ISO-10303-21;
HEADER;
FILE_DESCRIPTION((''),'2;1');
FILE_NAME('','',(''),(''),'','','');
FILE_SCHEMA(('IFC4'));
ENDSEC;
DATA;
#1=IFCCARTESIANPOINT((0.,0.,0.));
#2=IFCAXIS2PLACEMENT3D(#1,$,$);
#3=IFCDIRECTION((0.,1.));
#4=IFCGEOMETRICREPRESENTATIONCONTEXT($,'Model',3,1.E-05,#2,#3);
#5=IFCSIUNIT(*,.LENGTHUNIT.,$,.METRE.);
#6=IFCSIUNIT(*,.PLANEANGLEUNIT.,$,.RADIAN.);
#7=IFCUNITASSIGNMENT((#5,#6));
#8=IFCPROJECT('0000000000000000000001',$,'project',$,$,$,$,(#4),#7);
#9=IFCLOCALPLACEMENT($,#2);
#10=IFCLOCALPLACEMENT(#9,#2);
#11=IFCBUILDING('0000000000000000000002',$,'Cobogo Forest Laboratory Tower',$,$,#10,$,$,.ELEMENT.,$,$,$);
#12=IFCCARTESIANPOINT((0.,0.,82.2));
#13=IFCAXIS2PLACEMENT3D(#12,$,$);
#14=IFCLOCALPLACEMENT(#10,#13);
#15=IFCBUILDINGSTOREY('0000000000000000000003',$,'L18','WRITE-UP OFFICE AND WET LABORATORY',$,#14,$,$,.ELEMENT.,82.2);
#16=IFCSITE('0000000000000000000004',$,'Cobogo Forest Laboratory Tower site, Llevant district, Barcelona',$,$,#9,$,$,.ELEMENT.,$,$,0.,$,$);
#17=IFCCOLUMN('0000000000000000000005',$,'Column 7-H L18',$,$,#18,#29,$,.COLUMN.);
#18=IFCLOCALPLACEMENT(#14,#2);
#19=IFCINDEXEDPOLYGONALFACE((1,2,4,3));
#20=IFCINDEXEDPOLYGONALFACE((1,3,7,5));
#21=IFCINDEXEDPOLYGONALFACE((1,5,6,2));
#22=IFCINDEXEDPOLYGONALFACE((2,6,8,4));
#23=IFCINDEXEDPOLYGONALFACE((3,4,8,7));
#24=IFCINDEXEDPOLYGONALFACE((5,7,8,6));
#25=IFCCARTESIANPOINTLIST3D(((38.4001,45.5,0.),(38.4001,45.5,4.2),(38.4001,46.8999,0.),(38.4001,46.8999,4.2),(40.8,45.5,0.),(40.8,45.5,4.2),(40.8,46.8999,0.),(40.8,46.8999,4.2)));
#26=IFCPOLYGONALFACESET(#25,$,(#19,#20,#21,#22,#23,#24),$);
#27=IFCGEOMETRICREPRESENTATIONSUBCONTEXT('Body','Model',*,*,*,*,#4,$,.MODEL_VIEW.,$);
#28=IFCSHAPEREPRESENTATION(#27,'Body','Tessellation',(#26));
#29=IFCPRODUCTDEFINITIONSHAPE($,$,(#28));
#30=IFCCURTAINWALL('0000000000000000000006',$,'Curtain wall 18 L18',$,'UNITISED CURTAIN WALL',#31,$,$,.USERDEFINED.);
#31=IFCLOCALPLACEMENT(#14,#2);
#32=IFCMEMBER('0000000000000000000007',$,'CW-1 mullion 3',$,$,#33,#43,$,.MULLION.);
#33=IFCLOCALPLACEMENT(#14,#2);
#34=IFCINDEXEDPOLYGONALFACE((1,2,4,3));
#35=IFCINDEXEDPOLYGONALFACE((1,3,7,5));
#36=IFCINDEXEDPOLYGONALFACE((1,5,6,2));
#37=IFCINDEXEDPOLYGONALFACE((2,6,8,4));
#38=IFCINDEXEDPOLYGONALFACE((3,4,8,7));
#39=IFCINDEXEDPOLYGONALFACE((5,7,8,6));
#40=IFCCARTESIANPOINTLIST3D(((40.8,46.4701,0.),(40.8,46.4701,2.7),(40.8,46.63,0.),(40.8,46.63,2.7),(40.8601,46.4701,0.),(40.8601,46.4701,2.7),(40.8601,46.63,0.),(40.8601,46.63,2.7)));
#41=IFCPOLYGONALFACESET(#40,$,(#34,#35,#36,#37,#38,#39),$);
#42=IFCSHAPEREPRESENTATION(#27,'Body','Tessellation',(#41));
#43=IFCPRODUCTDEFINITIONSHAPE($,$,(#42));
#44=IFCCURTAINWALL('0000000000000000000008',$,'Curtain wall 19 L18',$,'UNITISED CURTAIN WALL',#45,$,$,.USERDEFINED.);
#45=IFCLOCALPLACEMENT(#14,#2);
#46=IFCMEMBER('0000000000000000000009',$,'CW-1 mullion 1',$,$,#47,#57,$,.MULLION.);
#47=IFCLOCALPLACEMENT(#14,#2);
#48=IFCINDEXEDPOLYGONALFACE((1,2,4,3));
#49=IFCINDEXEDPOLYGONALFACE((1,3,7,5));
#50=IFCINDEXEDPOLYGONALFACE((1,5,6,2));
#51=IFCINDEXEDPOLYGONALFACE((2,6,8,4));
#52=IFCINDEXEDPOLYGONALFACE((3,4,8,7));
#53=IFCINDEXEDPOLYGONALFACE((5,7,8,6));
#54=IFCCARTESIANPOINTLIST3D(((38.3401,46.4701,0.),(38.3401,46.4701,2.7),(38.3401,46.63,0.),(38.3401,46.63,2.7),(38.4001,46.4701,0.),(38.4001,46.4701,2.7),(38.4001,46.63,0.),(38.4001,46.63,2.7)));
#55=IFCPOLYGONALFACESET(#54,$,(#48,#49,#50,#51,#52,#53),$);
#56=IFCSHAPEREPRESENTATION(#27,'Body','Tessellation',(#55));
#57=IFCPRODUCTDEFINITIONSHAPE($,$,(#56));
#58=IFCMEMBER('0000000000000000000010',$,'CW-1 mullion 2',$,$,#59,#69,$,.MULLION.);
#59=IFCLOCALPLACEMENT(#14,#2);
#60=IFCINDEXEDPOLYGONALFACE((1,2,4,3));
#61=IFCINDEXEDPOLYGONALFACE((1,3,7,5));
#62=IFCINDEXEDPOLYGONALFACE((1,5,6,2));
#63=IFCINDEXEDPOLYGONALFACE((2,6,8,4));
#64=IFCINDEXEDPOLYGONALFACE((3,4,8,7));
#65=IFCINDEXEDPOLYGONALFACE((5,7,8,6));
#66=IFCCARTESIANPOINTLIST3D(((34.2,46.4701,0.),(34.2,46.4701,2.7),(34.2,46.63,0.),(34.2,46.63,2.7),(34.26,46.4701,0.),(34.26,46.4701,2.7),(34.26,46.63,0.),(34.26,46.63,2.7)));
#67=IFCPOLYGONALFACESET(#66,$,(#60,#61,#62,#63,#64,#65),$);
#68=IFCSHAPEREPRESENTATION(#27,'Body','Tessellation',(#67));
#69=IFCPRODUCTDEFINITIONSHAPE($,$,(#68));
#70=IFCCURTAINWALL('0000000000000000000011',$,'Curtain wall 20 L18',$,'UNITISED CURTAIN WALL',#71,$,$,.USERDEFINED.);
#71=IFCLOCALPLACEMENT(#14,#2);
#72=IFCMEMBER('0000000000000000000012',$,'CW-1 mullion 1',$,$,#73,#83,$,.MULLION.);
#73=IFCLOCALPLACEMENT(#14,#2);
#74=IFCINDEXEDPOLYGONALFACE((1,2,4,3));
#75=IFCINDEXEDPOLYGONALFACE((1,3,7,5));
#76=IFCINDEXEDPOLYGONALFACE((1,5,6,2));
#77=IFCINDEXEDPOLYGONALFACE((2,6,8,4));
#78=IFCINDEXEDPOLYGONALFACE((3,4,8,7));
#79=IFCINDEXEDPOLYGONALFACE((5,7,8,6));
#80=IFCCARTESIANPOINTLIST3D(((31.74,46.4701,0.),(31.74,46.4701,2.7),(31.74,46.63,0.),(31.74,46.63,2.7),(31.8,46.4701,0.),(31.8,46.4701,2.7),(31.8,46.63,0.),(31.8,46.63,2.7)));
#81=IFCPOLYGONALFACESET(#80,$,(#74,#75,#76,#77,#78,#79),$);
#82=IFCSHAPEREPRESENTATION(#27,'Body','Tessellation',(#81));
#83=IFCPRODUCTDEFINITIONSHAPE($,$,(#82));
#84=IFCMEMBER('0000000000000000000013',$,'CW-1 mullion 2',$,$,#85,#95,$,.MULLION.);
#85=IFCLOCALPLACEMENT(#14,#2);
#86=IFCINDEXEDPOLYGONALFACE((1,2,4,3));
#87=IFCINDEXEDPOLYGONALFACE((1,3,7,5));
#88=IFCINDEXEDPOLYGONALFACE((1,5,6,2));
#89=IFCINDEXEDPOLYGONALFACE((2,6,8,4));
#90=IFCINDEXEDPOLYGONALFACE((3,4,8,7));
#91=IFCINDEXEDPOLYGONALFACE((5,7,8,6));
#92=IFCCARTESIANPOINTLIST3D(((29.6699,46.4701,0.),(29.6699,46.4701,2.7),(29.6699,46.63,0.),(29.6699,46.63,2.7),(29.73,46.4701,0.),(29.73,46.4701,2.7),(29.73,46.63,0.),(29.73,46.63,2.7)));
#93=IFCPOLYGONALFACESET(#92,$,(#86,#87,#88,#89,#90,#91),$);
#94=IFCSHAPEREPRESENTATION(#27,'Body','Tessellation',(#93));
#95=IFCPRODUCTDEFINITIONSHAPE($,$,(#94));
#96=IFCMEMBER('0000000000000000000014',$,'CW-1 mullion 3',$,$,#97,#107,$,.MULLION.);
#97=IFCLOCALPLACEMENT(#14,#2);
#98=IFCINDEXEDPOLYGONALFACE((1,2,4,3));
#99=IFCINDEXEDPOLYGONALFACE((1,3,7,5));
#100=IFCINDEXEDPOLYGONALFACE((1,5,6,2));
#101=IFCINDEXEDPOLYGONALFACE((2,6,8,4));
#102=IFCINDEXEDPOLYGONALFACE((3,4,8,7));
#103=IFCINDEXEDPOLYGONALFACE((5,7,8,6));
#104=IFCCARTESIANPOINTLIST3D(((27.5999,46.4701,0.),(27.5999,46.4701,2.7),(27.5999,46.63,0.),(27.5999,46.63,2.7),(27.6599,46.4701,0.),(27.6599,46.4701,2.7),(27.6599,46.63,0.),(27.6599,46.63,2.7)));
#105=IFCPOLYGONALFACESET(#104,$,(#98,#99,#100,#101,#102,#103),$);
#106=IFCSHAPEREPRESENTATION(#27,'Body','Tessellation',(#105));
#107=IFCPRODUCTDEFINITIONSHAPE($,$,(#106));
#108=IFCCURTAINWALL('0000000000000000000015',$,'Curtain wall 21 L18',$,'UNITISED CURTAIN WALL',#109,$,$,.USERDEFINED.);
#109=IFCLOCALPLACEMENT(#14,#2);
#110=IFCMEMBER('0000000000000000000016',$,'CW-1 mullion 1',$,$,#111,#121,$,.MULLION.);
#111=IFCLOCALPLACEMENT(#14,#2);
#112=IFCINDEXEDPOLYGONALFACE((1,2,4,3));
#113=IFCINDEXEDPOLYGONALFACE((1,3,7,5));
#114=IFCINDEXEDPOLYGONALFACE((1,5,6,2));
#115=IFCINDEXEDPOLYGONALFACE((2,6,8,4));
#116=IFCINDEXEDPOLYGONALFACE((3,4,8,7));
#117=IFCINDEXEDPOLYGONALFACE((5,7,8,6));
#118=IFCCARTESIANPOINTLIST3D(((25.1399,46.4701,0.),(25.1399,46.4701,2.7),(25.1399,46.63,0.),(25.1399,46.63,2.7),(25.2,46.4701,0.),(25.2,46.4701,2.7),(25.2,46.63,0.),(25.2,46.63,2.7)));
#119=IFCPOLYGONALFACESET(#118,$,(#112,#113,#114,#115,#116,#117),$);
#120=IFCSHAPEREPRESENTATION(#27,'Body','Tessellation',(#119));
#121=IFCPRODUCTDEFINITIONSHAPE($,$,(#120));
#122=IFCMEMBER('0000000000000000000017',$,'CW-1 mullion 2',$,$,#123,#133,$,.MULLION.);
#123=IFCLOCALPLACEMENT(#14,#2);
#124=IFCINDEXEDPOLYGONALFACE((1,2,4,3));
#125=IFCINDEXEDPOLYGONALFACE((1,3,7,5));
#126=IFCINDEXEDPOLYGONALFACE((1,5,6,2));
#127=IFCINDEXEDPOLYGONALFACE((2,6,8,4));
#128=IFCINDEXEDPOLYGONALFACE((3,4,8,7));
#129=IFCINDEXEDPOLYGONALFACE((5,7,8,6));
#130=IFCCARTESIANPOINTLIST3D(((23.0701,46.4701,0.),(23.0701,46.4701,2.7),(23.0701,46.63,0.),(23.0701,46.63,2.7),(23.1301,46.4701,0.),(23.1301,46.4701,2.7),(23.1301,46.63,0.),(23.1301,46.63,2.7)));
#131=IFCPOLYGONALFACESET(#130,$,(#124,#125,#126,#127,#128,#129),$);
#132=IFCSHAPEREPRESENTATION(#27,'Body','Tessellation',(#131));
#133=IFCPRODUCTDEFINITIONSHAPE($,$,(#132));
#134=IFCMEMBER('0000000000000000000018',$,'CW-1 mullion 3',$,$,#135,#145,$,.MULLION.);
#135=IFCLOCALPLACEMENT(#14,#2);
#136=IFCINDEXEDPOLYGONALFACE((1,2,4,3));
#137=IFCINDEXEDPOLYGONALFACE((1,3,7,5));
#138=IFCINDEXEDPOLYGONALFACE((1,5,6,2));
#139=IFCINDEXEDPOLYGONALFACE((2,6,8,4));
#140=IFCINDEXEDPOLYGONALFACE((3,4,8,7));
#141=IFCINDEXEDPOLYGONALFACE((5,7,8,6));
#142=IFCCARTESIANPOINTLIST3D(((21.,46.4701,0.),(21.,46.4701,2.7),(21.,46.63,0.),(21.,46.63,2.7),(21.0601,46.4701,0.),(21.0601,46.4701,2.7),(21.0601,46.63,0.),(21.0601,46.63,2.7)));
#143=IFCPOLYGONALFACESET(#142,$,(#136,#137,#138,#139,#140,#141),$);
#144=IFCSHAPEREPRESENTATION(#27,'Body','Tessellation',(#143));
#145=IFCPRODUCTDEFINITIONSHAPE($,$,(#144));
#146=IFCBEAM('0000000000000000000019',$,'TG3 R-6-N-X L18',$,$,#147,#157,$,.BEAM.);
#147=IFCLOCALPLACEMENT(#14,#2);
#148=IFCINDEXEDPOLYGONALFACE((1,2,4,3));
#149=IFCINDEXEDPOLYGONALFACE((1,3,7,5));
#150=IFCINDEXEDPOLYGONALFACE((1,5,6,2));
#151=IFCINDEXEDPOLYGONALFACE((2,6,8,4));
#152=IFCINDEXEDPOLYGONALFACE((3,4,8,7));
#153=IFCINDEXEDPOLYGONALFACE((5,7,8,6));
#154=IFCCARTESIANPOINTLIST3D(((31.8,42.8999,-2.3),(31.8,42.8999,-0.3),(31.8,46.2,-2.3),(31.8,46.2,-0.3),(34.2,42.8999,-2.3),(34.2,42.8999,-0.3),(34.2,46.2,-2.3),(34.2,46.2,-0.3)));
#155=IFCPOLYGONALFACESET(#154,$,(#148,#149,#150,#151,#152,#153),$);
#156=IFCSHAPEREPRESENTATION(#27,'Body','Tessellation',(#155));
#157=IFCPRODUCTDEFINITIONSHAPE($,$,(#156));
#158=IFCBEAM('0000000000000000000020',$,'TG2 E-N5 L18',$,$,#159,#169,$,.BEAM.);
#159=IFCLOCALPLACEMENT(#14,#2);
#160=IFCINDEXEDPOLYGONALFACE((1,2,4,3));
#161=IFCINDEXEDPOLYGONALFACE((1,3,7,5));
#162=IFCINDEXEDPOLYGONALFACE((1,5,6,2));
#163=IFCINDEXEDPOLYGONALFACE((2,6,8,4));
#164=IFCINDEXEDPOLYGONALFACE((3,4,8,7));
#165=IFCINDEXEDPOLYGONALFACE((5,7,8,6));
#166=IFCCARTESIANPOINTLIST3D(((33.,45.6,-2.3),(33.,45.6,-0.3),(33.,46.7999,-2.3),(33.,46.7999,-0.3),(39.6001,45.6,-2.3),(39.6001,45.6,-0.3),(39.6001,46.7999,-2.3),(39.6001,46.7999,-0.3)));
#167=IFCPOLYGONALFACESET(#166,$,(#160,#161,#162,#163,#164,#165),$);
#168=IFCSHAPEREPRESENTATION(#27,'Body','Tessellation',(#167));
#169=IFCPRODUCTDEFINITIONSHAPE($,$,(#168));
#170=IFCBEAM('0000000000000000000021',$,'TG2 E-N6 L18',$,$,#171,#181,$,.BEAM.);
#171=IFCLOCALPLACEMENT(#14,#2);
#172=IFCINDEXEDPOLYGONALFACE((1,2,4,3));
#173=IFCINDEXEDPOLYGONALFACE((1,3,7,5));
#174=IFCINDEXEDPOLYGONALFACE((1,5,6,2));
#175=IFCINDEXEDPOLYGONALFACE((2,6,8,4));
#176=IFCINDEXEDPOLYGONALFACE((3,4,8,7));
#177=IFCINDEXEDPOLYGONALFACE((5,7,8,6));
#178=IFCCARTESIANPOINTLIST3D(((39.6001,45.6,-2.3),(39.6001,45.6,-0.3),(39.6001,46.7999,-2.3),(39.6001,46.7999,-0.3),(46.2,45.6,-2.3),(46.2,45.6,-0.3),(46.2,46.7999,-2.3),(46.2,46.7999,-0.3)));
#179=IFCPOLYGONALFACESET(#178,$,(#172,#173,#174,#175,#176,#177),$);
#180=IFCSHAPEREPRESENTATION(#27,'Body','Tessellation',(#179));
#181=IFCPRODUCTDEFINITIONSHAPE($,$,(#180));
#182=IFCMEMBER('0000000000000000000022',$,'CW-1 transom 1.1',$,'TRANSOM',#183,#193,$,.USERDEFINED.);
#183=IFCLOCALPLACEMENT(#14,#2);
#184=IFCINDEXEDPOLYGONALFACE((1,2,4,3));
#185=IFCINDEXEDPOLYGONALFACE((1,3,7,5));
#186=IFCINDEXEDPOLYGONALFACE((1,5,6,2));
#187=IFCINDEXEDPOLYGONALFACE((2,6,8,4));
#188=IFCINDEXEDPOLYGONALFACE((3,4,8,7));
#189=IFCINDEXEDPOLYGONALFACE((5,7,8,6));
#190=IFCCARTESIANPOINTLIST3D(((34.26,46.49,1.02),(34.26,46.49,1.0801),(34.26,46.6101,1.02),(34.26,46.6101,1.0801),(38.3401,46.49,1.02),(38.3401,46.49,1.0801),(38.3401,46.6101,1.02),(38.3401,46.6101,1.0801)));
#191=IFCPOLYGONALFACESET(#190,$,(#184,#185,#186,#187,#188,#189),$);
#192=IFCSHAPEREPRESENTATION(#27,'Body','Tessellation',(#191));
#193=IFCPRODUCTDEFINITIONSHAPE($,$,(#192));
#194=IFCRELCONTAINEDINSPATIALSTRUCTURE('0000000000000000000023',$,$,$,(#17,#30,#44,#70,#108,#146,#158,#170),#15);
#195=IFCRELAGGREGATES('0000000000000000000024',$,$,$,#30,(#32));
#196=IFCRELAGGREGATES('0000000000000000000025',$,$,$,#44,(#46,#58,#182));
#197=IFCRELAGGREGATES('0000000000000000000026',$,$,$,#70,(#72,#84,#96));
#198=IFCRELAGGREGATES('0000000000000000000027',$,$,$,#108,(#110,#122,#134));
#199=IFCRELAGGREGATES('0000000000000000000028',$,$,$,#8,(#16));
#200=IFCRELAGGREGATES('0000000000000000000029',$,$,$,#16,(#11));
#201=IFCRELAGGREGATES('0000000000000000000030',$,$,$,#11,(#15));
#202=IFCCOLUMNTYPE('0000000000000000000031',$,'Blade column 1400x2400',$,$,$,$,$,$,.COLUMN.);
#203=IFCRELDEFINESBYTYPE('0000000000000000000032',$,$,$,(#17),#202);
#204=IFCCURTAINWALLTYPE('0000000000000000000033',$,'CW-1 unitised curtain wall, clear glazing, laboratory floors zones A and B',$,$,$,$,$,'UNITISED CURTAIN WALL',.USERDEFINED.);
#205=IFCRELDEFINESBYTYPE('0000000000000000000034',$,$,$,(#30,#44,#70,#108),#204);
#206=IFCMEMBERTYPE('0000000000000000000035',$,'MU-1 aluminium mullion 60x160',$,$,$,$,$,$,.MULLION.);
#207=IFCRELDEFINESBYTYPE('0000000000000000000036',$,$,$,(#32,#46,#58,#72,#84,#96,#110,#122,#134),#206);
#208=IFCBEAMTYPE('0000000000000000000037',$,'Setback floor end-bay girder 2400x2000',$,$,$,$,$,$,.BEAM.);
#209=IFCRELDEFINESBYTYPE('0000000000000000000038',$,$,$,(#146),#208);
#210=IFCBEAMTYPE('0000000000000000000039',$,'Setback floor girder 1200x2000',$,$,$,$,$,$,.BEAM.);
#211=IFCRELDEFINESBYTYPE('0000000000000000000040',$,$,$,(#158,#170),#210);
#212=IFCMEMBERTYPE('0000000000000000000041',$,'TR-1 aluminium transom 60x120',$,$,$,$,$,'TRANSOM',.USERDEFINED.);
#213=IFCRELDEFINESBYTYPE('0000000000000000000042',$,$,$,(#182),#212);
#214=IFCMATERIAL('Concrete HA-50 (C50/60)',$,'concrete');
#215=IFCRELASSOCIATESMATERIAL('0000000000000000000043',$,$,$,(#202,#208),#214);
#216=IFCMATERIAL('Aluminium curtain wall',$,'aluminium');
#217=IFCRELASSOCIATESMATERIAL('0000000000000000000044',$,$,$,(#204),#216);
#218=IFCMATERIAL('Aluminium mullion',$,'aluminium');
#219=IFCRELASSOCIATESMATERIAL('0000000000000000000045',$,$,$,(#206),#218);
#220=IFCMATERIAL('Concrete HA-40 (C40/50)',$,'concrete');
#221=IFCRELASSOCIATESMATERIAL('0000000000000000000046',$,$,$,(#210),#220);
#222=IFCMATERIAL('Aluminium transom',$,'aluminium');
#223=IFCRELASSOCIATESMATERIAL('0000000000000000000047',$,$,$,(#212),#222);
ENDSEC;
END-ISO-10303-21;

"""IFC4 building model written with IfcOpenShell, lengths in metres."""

from ifc_helpers import new_model, si_unit, direction, frame, origin, origin_2d, place, context, subcontext, project, spatial, rectangle, extrude, material, material_profile, profile_set, type_object, element, aggregate, save


model = new_model("IFC4")

# Units and contexts
model_context = context("Model", 3, precision=1e-05, world=origin(), true_north=direction((0.0, 1.0)))
body_context = subcontext(model_context, "Body", "Model", "MODEL_VIEW")
ifc_project = project(units=[si_unit("LENGTHUNIT", "METRE"), si_unit("PLANEANGLEUNIT", "RADIAN")], contexts=[model_context])

# Site, building, storey
site_placement = place(None, origin())
site = spatial("IfcSite", under=ifc_project, at=site_placement, Name="Cobogo Forest Laboratory Tower site, Llevant district, Barcelona", CompositionType="ELEMENT", RefElevation=0.0)
building_placement = place(site_placement, origin())
building = spatial("IfcBuilding", under=site, at=building_placement, Name="Cobogo Forest Laboratory Tower", CompositionType="ELEMENT")
storey_placement = place(building_placement, frame((0.0, 0.0, 82.2)))
storey = spatial("IfcBuildingStorey", under=building, at=storey_placement, Name="L18", Description="WRITE-UP OFFICE AND WET LABORATORY", CompositionType="ELEMENT", Elevation=82.2)

# Column
ifc_material_1 = material(Name="Concrete HA-50 (C50/60)", Category="concrete")
ifc_material_profile_1 = material_profile(ifc_material_1, rectangle(XDim=2.3999, YDim=1.3999, at=origin_2d()), Name="RC 1400x2400")
ifc_profile_set_1 = profile_set([ifc_material_profile_1], Name="Concrete HA-50 (C50/60)")
column_type = type_object("IfcColumnType", Name="Blade column 1400x2400", PredefinedType="COLUMN", material=ifc_profile_set_1)
column_placement = place(storey_placement, frame((39.6001, 46.2, 0.0), z_axis=(0.0, 0.0, 1.0), x_axis=(1.0, 0.0, 0.0)))
element("IfcColumn", 1, at=column_placement, inside=storey, type_object=column_type, Name="Column 7-H L18", PredefinedType="COLUMN", context=body_context, shape_type="SweptSolid", body=[
    extrude(rectangle(XDim=2.3999, YDim=1.3999, at=origin_2d()), origin(), (0.0, 0.0, 1.0), 4.2),
])

# Curtain wall, member
ifc_material_2 = material(Name="Aluminium curtain wall", Category="aluminium")
curtain_wall_type = type_object("IfcCurtainWallType", Name="CW-1 unitised curtain wall, clear glazing, laboratory floors zones A and B", ElementType="UNITISED CURTAIN WALL", PredefinedType="USERDEFINED", material=ifc_material_2)
curtain_wall_1_placement = place(storey_placement, origin())
curtain_wall_1 = element("IfcCurtainWall", 2, at=curtain_wall_1_placement, inside=storey, type_object=curtain_wall_type, Name="Curtain wall 18 L18", ObjectType="UNITISED CURTAIN WALL", PredefinedType="USERDEFINED")
ifc_material_3 = material(Name="Aluminium mullion", Category="aluminium")
ifc_material_profile_2 = material_profile(ifc_material_3, rectangle(XDim=0.0601, YDim=0.1599, at=origin_2d()), Name="AL 60x160")
ifc_profile_set_2 = profile_set([ifc_material_profile_2], Name="Aluminium mullion")
member_type_1 = type_object("IfcMemberType", Name="MU-1 aluminium mullion 60x160", PredefinedType="MULLION", material=ifc_profile_set_2)
member_1_placement = place(storey_placement, frame((40.8301, 46.55, 0.0), z_axis=(0.0, 0.0, 1.0), x_axis=(-1.0, 0.0, 0.0)))
member_1 = element("IfcMember", 3, at=member_1_placement, type_object=member_type_1, Name="CW-1 mullion 3", PredefinedType="MULLION", context=body_context, shape_type="SweptSolid", body=[
    extrude(rectangle(XDim=0.0601, YDim=0.1599, at=origin_2d()), origin(), (0.0, 0.0, 1.0), 2.7),
])

# Curtain walls, members
curtain_wall_2_placement = place(storey_placement, origin())
curtain_wall_2 = element("IfcCurtainWall", 4, at=curtain_wall_2_placement, inside=storey, type_object=curtain_wall_type, Name="Curtain wall 19 L18", ObjectType="UNITISED CURTAIN WALL", PredefinedType="USERDEFINED")
member_2_placement = place(storey_placement, frame((38.3701, 46.55, 0.0), z_axis=(0.0, 0.0, 1.0), x_axis=(-1.0, 0.0, 0.0)))
member_2 = element("IfcMember", 5, at=member_2_placement, type_object=member_type_1, Name="CW-1 mullion 1", PredefinedType="MULLION", context=body_context, shape_type="SweptSolid", body=[
    extrude(rectangle(XDim=0.0601, YDim=0.1599, at=origin_2d()), origin(), (0.0, 0.0, 1.0), 2.7),
])
member_3_placement = place(storey_placement, frame((34.23, 46.55, 0.0), z_axis=(0.0, 0.0, 1.0), x_axis=(-1.0, 0.0, 0.0)))
member_3 = element("IfcMember", 6, at=member_3_placement, type_object=member_type_1, Name="CW-1 mullion 2", PredefinedType="MULLION", context=body_context, shape_type="SweptSolid", body=[
    extrude(rectangle(XDim=0.0601, YDim=0.1599, at=origin_2d()), origin(), (0.0, 0.0, 1.0), 2.7),
])
curtain_wall_3_placement = place(storey_placement, origin())
curtain_wall_3 = element("IfcCurtainWall", 7, at=curtain_wall_3_placement, inside=storey, type_object=curtain_wall_type, Name="Curtain wall 20 L18", ObjectType="UNITISED CURTAIN WALL", PredefinedType="USERDEFINED")
member_4_placement = place(storey_placement, frame((31.77, 46.55, 0.0), z_axis=(0.0, 0.0, 1.0), x_axis=(-1.0, 0.0, 0.0)))
member_4 = element("IfcMember", 8, at=member_4_placement, type_object=member_type_1, Name="CW-1 mullion 1", PredefinedType="MULLION", context=body_context, shape_type="SweptSolid", body=[
    extrude(rectangle(XDim=0.0601, YDim=0.1599, at=origin_2d()), origin(), (0.0, 0.0, 1.0), 2.7),
])
member_5_placement = place(storey_placement, frame((29.7, 46.55, 0.0), z_axis=(0.0, 0.0, 1.0), x_axis=(-1.0, 0.0, 0.0)))
member_5 = element("IfcMember", 9, at=member_5_placement, type_object=member_type_1, Name="CW-1 mullion 2", PredefinedType="MULLION", context=body_context, shape_type="SweptSolid", body=[
    extrude(rectangle(XDim=0.0601, YDim=0.1599, at=origin_2d()), origin(), (0.0, 0.0, 1.0), 2.7),
])
member_6_placement = place(storey_placement, frame((27.6299, 46.55, 0.0), z_axis=(0.0, 0.0, 1.0), x_axis=(-1.0, 0.0, 0.0)))
member_6 = element("IfcMember", 10, at=member_6_placement, type_object=member_type_1, Name="CW-1 mullion 3", PredefinedType="MULLION", context=body_context, shape_type="SweptSolid", body=[
    extrude(rectangle(XDim=0.0601, YDim=0.1599, at=origin_2d()), origin(), (0.0, 0.0, 1.0), 2.7),
])
curtain_wall_4_placement = place(storey_placement, origin())
curtain_wall_4 = element("IfcCurtainWall", 11, at=curtain_wall_4_placement, inside=storey, type_object=curtain_wall_type, Name="Curtain wall 21 L18", ObjectType="UNITISED CURTAIN WALL", PredefinedType="USERDEFINED")
member_7_placement = place(storey_placement, frame((25.1699, 46.55, 0.0), z_axis=(0.0, 0.0, 1.0), x_axis=(-1.0, 0.0, 0.0)))
member_7 = element("IfcMember", 12, at=member_7_placement, type_object=member_type_1, Name="CW-1 mullion 1", PredefinedType="MULLION", context=body_context, shape_type="SweptSolid", body=[
    extrude(rectangle(XDim=0.0601, YDim=0.1599, at=origin_2d()), origin(), (0.0, 0.0, 1.0), 2.7),
])
member_8_placement = place(storey_placement, frame((23.1001, 46.55, 0.0), z_axis=(0.0, 0.0, 1.0), x_axis=(-1.0, 0.0, 0.0)))
member_8 = element("IfcMember", 13, at=member_8_placement, type_object=member_type_1, Name="CW-1 mullion 2", PredefinedType="MULLION", context=body_context, shape_type="SweptSolid", body=[
    extrude(rectangle(XDim=0.0601, YDim=0.1599, at=origin_2d()), origin(), (0.0, 0.0, 1.0), 2.7),
])
member_9_placement = place(storey_placement, frame((21.03, 46.55, 0.0), z_axis=(0.0, 0.0, 1.0), x_axis=(-1.0, 0.0, 0.0)))
member_9 = element("IfcMember", 14, at=member_9_placement, type_object=member_type_1, Name="CW-1 mullion 3", PredefinedType="MULLION", context=body_context, shape_type="SweptSolid", body=[
    extrude(rectangle(XDim=0.0601, YDim=0.1599, at=origin_2d()), origin(), (0.0, 0.0, 1.0), 2.7),
])

# Beams
ifc_material_profile_3 = material_profile(ifc_material_1, rectangle(XDim=2.3999, YDim=2.0, at=origin_2d()), Name="RC 2400x2000")
ifc_profile_set_3 = profile_set([ifc_material_profile_3], Name="Concrete HA-50 (C50/60)")
beam_type_1 = type_object("IfcBeamType", Name="Setback floor end-bay girder 2400x2000", PredefinedType="BEAM", material=ifc_profile_set_3)
beam_1_placement = place(storey_placement, frame((33.0, 46.2, -1.3), z_axis=(0.0, -1.0, 0.0), x_axis=(1.0, 0.0, 0.0)))
element("IfcBeam", 15, at=beam_1_placement, inside=storey, type_object=beam_type_1, Name="TG3 R-6-N-X L18", PredefinedType="BEAM", context=body_context, shape_type="SweptSolid", body=[
    extrude(rectangle(XDim=2.3999, YDim=2.0, at=origin_2d()), origin(), (0.0, 0.0, 1.0), 3.3),
])
ifc_material_4 = material(Name="Concrete HA-40 (C40/50)", Category="concrete")
ifc_material_profile_4 = material_profile(ifc_material_4, rectangle(XDim=1.2, YDim=2.0, at=origin_2d()), Name="RC 1200x2000")
ifc_profile_set_4 = profile_set([ifc_material_profile_4], Name="Concrete HA-40 (C40/50)")
beam_type_2 = type_object("IfcBeamType", Name="Setback floor girder 1200x2000", PredefinedType="BEAM", material=ifc_profile_set_4)
beam_2_placement = place(storey_placement, frame((33.0, 46.2, -1.3), z_axis=(1.0, 0.0, 0.0), x_axis=(0.0, 1.0, 0.0)))
element("IfcBeam", 16, at=beam_2_placement, inside=storey, type_object=beam_type_2, Name="TG2 E-N5 L18", PredefinedType="BEAM", context=body_context, shape_type="SweptSolid", body=[
    extrude(rectangle(XDim=1.2, YDim=2.0, at=origin_2d()), origin(), (0.0, 0.0, 1.0), 6.6001),
])
beam_3_placement = place(storey_placement, frame((39.6001, 46.2, -1.3), z_axis=(1.0, 0.0, 0.0), x_axis=(0.0, 1.0, 0.0)))
element("IfcBeam", 17, at=beam_3_placement, inside=storey, type_object=beam_type_2, Name="TG2 E-N6 L18", PredefinedType="BEAM", context=body_context, shape_type="SweptSolid", body=[
    extrude(rectangle(XDim=1.2, YDim=2.0, at=origin_2d()), origin(), (0.0, 0.0, 1.0), 6.5999),
])

# Member
ifc_material_5 = material(Name="Aluminium transom", Category="aluminium")
ifc_material_profile_5 = material_profile(ifc_material_5, rectangle(XDim=0.1201, YDim=0.0601, at=origin_2d()), Name="AL 60x120")
ifc_profile_set_5 = profile_set([ifc_material_profile_5], Name="Aluminium transom")
member_type_2 = type_object("IfcMemberType", Name="TR-1 aluminium transom 60x120", ElementType="TRANSOM", PredefinedType="USERDEFINED", material=ifc_profile_set_5)
member_10_placement = place(storey_placement, frame((38.3401, 46.55, 1.05), z_axis=(-1.0, 0.0, 0.0), x_axis=(0.0, -1.0, 0.0)))
member_10 = element("IfcMember", 18, at=member_10_placement, type_object=member_type_2, Name="CW-1 transom 1.1", ObjectType="TRANSOM", PredefinedType="USERDEFINED", context=body_context, shape_type="SweptSolid", body=[
    extrude(rectangle(XDim=0.1201, YDim=0.0601, at=origin_2d()), origin(), (0.0, 0.0, 1.0), 4.0801),
])

aggregate(curtain_wall_1, [member_1])
aggregate(curtain_wall_2, [member_2, member_3, member_10])
aggregate(curtain_wall_3, [member_4, member_5, member_6])
aggregate(curtain_wall_4, [member_7, member_8, member_9])

save(model, "model.ifc")
